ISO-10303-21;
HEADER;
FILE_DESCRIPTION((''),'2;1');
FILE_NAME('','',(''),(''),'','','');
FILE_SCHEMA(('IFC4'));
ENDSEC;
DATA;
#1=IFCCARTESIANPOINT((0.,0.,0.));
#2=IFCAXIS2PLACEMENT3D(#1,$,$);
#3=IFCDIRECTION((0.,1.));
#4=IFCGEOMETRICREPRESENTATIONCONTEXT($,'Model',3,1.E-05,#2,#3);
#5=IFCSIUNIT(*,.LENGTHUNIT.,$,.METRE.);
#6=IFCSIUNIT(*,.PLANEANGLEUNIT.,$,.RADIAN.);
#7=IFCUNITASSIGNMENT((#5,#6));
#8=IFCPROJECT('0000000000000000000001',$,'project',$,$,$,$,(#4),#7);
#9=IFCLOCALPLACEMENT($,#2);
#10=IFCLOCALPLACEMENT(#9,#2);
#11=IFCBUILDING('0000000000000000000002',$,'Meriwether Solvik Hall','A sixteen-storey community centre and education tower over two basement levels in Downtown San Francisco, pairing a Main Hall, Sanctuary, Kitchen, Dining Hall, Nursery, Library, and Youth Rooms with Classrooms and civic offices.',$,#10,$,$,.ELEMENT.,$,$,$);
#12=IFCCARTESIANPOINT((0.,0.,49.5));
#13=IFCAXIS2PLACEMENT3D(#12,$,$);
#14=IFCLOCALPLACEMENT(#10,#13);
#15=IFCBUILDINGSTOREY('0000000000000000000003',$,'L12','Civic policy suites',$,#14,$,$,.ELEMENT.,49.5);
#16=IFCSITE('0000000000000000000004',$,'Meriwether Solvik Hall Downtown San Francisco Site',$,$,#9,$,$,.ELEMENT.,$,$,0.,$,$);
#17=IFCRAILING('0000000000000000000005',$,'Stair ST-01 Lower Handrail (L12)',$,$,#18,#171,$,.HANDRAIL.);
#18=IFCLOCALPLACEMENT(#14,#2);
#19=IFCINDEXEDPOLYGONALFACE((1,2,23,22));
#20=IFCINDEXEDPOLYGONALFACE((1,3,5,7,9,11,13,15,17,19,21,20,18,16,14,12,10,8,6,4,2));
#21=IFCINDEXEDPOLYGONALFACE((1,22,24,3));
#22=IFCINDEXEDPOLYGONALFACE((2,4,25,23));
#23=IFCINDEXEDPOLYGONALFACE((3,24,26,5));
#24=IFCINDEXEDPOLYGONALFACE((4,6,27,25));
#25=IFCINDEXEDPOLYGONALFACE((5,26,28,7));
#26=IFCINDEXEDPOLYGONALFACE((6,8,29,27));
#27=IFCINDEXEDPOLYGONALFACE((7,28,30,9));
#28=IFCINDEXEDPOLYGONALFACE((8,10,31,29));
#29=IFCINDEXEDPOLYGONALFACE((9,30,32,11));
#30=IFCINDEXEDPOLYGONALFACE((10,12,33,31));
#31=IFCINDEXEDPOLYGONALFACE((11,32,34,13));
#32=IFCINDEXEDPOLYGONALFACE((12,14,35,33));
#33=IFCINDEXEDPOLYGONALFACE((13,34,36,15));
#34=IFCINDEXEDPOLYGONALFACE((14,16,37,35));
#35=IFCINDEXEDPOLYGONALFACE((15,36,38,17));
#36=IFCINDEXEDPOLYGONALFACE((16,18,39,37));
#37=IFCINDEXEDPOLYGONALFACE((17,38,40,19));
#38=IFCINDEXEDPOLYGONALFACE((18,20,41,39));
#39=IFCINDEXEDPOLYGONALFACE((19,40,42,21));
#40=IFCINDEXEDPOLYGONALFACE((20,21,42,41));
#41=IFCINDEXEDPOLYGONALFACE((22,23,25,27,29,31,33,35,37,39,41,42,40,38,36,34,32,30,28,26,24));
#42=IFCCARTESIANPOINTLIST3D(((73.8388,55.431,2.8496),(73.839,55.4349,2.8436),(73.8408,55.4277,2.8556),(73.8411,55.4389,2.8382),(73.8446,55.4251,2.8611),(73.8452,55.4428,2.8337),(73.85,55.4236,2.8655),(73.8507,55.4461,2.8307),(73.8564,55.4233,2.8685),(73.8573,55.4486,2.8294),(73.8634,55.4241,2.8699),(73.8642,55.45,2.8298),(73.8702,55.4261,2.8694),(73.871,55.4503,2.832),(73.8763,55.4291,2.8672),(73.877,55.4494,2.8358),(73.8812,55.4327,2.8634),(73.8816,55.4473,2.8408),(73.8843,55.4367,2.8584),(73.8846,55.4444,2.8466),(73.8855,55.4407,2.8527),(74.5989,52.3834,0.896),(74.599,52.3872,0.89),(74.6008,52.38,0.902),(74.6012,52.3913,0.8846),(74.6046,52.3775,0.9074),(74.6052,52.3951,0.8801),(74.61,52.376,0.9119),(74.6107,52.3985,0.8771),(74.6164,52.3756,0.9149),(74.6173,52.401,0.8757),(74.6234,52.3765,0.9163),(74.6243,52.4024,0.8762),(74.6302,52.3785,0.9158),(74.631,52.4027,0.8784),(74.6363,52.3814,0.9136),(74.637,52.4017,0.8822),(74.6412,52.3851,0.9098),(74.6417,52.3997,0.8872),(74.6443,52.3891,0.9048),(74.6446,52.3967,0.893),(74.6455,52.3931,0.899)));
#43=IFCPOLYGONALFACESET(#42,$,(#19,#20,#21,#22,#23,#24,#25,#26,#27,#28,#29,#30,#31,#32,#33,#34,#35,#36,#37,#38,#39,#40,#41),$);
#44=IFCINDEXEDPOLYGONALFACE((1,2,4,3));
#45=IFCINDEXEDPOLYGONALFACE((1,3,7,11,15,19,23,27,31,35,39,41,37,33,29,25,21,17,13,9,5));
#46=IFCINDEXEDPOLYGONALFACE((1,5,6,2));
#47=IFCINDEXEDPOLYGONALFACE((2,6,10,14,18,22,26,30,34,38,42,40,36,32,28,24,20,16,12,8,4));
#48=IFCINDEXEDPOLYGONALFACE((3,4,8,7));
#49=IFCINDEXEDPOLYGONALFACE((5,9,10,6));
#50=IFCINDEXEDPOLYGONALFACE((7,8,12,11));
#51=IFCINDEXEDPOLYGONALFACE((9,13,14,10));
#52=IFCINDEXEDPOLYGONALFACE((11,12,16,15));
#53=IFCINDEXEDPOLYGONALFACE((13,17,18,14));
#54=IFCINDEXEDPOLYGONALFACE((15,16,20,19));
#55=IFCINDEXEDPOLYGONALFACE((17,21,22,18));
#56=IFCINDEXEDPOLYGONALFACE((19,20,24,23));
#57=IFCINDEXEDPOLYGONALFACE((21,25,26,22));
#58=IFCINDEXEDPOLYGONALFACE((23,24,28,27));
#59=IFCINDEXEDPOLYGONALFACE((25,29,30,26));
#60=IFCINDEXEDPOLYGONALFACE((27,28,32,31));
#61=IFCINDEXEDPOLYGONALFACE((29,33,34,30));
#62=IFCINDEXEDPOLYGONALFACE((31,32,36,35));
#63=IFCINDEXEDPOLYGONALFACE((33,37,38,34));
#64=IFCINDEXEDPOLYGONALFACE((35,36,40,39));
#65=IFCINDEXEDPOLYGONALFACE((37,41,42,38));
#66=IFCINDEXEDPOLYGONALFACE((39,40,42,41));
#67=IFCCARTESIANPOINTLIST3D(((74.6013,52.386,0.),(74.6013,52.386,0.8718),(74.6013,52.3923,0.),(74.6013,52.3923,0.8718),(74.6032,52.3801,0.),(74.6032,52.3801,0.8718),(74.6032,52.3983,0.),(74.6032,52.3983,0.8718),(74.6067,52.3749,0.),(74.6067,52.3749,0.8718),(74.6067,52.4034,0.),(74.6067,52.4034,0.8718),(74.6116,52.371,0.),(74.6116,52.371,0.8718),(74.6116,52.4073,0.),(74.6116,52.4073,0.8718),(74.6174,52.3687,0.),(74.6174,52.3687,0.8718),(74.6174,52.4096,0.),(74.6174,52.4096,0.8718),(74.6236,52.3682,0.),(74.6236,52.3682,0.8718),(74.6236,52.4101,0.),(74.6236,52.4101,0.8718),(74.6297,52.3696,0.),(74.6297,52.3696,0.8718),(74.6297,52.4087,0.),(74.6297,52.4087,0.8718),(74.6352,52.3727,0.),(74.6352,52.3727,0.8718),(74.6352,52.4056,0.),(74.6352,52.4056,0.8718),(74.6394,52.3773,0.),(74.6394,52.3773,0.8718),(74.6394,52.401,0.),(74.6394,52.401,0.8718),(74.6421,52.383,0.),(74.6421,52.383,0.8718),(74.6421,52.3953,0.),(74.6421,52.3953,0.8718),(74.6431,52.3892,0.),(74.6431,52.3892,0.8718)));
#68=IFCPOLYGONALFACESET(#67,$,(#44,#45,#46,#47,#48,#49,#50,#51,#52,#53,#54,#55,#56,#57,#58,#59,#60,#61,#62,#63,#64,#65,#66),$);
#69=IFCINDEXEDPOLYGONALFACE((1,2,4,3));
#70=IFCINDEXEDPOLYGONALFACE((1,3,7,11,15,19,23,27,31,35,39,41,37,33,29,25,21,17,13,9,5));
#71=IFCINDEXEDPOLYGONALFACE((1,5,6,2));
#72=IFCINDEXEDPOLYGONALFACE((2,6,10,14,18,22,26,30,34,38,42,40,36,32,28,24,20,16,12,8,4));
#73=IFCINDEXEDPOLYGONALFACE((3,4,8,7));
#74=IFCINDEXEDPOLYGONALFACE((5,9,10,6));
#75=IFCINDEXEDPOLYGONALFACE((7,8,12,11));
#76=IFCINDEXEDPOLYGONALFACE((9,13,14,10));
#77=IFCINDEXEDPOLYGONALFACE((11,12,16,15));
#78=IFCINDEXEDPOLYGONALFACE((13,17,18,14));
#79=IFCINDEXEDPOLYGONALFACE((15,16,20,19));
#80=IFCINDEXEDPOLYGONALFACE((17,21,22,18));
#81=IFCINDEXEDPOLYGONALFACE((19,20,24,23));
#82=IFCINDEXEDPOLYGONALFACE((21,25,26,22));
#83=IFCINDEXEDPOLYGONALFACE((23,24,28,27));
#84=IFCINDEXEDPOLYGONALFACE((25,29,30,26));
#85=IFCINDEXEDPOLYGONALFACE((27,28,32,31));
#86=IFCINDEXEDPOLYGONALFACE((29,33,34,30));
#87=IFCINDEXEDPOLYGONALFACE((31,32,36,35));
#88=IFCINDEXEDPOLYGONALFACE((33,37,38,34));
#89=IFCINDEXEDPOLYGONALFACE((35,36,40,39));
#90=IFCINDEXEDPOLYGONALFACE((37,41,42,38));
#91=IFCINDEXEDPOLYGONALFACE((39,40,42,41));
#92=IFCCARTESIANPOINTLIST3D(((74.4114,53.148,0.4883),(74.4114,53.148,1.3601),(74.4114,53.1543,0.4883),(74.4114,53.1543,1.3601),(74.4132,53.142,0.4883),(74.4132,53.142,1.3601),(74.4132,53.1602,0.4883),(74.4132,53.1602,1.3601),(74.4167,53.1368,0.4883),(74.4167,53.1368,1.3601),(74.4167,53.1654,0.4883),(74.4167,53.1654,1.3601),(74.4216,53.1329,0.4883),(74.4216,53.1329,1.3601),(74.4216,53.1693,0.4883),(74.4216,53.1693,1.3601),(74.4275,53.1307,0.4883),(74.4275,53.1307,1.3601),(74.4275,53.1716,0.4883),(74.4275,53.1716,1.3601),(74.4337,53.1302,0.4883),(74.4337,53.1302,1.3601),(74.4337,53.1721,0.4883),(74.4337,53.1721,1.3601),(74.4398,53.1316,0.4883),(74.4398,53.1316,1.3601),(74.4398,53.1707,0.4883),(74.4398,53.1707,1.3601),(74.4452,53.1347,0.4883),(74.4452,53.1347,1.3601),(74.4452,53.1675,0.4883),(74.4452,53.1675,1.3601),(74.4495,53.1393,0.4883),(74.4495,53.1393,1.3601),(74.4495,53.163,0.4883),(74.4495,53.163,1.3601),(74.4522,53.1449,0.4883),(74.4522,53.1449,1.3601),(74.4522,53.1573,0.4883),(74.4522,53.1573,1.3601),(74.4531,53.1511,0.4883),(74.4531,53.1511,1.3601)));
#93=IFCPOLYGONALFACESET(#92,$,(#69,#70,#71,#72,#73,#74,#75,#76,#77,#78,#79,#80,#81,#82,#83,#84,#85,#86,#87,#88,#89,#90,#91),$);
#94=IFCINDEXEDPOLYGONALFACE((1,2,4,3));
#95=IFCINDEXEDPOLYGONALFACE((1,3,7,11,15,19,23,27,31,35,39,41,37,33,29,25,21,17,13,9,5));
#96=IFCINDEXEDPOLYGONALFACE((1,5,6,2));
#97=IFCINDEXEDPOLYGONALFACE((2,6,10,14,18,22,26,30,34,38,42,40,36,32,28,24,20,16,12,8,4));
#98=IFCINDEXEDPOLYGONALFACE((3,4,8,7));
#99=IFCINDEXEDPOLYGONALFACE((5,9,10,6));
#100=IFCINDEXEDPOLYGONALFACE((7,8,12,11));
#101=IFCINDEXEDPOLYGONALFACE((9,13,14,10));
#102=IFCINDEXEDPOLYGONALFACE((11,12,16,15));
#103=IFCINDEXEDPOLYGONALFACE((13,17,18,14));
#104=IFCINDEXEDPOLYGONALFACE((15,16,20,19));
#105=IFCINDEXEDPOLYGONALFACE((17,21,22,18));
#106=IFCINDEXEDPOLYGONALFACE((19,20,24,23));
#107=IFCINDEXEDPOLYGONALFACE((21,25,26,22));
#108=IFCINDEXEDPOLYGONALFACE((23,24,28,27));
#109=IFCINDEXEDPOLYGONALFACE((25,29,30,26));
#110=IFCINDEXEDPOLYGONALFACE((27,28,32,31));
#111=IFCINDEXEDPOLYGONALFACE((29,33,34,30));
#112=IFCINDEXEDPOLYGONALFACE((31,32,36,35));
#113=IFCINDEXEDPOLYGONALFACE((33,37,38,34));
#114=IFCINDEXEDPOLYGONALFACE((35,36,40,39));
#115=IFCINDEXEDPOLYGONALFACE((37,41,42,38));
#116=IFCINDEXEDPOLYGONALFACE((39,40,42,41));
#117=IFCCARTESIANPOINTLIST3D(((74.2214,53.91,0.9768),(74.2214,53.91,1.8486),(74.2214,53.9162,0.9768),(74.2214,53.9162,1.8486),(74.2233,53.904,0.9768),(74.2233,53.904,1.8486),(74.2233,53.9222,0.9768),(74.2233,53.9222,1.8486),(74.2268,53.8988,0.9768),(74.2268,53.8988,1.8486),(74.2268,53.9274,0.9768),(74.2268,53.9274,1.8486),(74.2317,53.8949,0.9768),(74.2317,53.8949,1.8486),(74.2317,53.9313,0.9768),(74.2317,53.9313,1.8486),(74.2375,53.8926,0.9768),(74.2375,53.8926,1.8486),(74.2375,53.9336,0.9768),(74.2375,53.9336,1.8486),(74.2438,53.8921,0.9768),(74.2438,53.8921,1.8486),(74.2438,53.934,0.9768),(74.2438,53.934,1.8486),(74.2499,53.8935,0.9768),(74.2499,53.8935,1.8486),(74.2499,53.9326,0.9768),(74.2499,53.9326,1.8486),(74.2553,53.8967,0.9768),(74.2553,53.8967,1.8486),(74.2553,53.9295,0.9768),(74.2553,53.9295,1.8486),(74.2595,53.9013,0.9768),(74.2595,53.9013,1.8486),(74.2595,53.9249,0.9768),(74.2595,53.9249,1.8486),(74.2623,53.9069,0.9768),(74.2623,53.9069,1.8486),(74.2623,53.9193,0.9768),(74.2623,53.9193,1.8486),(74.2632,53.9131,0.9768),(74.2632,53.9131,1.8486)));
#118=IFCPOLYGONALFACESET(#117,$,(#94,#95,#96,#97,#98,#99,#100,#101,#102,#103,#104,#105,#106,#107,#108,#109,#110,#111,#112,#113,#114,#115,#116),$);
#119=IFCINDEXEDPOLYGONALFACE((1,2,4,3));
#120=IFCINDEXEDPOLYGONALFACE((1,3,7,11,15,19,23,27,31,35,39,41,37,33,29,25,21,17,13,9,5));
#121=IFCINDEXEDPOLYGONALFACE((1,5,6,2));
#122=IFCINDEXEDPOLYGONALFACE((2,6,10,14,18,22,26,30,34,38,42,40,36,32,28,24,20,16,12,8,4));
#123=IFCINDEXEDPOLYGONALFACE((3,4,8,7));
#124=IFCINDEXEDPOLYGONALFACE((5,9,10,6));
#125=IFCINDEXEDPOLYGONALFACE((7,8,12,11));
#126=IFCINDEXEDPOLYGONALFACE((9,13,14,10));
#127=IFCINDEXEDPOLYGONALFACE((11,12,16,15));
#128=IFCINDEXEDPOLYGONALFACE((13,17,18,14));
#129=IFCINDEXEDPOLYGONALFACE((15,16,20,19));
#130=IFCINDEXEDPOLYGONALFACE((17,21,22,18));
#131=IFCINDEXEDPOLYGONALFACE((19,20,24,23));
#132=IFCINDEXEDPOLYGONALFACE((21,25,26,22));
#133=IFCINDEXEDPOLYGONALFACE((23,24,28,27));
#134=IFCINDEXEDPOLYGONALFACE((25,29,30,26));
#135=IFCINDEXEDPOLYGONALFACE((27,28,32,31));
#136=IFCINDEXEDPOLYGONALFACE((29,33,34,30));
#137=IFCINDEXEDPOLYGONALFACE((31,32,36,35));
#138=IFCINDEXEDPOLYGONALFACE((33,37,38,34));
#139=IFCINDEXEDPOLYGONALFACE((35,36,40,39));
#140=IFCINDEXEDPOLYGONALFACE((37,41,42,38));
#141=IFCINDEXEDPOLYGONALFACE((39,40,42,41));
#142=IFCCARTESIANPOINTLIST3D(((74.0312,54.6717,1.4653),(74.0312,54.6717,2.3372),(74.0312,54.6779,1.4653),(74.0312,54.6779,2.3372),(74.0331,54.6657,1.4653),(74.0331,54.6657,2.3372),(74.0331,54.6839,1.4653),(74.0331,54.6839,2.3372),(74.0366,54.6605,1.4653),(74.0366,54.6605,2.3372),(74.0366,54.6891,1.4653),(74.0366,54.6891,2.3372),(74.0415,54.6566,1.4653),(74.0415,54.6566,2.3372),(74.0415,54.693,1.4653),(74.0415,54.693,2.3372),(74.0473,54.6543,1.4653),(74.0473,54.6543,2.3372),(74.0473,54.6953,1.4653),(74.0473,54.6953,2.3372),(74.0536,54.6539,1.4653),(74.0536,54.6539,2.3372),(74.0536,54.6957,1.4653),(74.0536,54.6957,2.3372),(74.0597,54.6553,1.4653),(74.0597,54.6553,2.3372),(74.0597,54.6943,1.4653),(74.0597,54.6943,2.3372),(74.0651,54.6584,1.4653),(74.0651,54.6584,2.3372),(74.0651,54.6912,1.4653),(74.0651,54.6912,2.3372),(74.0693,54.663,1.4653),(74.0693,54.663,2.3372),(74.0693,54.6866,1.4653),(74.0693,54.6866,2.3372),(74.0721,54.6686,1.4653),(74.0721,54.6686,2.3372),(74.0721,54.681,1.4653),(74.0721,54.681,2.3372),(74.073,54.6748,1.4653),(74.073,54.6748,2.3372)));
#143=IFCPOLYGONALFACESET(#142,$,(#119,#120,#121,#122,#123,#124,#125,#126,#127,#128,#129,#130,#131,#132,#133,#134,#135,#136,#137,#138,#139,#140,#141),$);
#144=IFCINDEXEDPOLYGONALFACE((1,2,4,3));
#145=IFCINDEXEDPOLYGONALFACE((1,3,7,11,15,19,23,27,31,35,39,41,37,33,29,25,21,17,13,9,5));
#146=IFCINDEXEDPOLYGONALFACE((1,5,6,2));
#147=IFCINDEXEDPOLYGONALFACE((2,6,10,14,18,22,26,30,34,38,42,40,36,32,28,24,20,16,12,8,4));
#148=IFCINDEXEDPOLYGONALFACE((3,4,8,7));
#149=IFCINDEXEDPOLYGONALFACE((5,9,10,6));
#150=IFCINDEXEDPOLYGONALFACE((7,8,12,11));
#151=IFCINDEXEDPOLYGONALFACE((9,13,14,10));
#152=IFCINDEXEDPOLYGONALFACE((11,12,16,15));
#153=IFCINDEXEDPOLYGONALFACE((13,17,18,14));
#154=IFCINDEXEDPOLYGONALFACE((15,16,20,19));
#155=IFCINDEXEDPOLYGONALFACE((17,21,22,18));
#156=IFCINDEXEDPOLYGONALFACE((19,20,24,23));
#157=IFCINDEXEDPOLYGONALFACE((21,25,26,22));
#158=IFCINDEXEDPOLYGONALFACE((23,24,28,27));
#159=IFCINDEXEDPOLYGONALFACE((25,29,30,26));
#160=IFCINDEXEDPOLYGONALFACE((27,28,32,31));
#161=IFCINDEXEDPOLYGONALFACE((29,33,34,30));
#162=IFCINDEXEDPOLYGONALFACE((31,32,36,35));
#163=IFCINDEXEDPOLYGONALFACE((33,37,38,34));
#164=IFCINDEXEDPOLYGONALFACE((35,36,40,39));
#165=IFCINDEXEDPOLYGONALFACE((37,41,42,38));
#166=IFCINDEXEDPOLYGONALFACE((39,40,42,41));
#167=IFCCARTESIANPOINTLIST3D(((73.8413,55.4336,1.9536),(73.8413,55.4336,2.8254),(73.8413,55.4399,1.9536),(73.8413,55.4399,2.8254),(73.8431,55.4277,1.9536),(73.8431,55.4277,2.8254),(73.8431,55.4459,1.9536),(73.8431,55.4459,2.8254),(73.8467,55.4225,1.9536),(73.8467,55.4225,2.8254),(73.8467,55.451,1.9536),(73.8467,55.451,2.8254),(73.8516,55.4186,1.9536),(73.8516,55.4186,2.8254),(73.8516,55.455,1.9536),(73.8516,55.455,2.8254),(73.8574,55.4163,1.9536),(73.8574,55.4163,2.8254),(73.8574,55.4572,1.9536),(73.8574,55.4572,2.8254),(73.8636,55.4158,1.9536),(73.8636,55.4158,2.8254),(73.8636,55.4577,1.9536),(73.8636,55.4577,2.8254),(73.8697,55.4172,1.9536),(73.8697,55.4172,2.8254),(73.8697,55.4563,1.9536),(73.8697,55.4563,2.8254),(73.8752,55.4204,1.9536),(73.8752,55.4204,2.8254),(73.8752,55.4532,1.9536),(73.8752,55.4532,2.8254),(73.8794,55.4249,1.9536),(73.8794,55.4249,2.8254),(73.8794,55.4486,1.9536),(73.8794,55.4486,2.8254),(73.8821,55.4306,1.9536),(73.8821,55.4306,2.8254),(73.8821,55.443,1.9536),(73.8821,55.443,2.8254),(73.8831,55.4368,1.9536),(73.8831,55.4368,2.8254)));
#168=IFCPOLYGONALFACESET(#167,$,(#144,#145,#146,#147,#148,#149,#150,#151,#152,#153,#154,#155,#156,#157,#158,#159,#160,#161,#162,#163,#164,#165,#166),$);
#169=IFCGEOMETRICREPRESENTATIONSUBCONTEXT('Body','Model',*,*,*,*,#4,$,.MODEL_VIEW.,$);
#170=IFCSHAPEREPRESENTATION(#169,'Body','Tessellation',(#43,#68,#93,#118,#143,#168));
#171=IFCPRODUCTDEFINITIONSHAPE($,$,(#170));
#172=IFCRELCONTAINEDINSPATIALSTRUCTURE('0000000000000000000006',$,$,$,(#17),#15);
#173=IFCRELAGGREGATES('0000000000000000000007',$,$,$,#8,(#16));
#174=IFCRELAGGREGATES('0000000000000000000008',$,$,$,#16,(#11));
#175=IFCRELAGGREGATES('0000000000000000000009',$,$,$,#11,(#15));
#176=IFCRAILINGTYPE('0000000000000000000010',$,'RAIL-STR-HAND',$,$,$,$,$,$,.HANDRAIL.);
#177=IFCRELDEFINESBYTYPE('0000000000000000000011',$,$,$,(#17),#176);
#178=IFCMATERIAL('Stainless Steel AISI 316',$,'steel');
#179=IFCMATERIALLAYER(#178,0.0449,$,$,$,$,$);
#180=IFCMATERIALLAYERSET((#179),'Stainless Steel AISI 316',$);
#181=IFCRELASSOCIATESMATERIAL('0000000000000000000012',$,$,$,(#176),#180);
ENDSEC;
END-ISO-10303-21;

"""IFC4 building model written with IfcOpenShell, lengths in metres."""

from ifc_helpers import new_model, si_unit, direction, frame, origin, origin_2d, place, context, subcontext, project, spatial, circle, extrude, material, layer, layer_set, type_object, element, save


model = new_model("IFC4")

# Units and contexts
model_context = context("Model", 3, precision=1e-05, world=origin(), true_north=direction((0.0, 1.0)))
body_context = subcontext(model_context, "Body", "Model", "MODEL_VIEW")
ifc_project = project(units=[si_unit("LENGTHUNIT", "METRE"), si_unit("PLANEANGLEUNIT", "RADIAN")], contexts=[model_context])

# Site, building, storey
site_placement = place(None, origin())
site = spatial("IfcSite", under=ifc_project, at=site_placement, Name="Meriwether Solvik Hall Downtown San Francisco Site", CompositionType="ELEMENT", RefElevation=0.0)
building_placement = place(site_placement, origin())
building = spatial("IfcBuilding", under=site, at=building_placement, Name="Meriwether Solvik Hall", Description="A sixteen-storey community centre and education tower over two basement levels in Downtown San Francisco, pairing a Main Hall, Sanctuary, Kitchen, Dining Hall, Nursery, Library, and Youth Rooms with Classrooms and civic offices.", CompositionType="ELEMENT")
storey_placement = place(building_placement, frame((0.0, 0.0, 49.5)))
storey = spatial("IfcBuildingStorey", under=building, at=storey_placement, Name="L12", Description="Civic policy suites", CompositionType="ELEMENT", Elevation=49.5)

# Railing
ifc_material_1 = material(Name="Stainless Steel AISI 316", Category="steel")
ifc_layer_1 = layer(ifc_material_1, 0.0449)
ifc_layer_set_1 = layer_set([ifc_layer_1], Name="Stainless Steel AISI 316")
railing_type_1 = type_object("IfcRailingType", Name="RAIL-STR-HAND", PredefinedType="HANDRAIL", material=ifc_layer_set_1)
railing_1_placement = place(storey_placement, frame((74.6221, 52.3892, 0.0)))
element("IfcRailing", 1, at=railing_1_placement, inside=storey, type_object=railing_type_1, Name="Stair ST-01 Lower Handrail (L12)", PredefinedType="HANDRAIL", context=body_context, shape_type="SweptSolid", body=[
    extrude(circle(Radius=0.0239, at=origin_2d()), frame((0.0, 0.0, 0.896), z_axis=(-0.205467, 0.823915, 0.528155), x_axis=(-0.970284, -0.241969, 0.0)), (0.0, 0.0, 1.0), 3.699),
    extrude(circle(Radius=0.021, at=origin_2d()), origin(), (0.0, 0.0, 1.0), 0.8718),
    extrude(circle(Radius=0.021, at=origin_2d()), frame((-0.1899, 0.762, 0.4883)), (0.0, 0.0, 1.0), 0.8718),
    extrude(circle(Radius=0.021, at=origin_2d()), frame((-0.3799, 1.5239, 0.9768)), (0.0, 0.0, 1.0), 0.8718),
    extrude(circle(Radius=0.021, at=origin_2d()), frame((-0.5701, 2.2856, 1.4653)), (0.0, 0.0, 1.0), 0.8718),
    extrude(circle(Radius=0.021, at=origin_2d()), frame((-0.76, 3.0476, 1.9536)), (0.0, 0.0, 1.0), 0.8718),
])

save(model, "model.ifc")
